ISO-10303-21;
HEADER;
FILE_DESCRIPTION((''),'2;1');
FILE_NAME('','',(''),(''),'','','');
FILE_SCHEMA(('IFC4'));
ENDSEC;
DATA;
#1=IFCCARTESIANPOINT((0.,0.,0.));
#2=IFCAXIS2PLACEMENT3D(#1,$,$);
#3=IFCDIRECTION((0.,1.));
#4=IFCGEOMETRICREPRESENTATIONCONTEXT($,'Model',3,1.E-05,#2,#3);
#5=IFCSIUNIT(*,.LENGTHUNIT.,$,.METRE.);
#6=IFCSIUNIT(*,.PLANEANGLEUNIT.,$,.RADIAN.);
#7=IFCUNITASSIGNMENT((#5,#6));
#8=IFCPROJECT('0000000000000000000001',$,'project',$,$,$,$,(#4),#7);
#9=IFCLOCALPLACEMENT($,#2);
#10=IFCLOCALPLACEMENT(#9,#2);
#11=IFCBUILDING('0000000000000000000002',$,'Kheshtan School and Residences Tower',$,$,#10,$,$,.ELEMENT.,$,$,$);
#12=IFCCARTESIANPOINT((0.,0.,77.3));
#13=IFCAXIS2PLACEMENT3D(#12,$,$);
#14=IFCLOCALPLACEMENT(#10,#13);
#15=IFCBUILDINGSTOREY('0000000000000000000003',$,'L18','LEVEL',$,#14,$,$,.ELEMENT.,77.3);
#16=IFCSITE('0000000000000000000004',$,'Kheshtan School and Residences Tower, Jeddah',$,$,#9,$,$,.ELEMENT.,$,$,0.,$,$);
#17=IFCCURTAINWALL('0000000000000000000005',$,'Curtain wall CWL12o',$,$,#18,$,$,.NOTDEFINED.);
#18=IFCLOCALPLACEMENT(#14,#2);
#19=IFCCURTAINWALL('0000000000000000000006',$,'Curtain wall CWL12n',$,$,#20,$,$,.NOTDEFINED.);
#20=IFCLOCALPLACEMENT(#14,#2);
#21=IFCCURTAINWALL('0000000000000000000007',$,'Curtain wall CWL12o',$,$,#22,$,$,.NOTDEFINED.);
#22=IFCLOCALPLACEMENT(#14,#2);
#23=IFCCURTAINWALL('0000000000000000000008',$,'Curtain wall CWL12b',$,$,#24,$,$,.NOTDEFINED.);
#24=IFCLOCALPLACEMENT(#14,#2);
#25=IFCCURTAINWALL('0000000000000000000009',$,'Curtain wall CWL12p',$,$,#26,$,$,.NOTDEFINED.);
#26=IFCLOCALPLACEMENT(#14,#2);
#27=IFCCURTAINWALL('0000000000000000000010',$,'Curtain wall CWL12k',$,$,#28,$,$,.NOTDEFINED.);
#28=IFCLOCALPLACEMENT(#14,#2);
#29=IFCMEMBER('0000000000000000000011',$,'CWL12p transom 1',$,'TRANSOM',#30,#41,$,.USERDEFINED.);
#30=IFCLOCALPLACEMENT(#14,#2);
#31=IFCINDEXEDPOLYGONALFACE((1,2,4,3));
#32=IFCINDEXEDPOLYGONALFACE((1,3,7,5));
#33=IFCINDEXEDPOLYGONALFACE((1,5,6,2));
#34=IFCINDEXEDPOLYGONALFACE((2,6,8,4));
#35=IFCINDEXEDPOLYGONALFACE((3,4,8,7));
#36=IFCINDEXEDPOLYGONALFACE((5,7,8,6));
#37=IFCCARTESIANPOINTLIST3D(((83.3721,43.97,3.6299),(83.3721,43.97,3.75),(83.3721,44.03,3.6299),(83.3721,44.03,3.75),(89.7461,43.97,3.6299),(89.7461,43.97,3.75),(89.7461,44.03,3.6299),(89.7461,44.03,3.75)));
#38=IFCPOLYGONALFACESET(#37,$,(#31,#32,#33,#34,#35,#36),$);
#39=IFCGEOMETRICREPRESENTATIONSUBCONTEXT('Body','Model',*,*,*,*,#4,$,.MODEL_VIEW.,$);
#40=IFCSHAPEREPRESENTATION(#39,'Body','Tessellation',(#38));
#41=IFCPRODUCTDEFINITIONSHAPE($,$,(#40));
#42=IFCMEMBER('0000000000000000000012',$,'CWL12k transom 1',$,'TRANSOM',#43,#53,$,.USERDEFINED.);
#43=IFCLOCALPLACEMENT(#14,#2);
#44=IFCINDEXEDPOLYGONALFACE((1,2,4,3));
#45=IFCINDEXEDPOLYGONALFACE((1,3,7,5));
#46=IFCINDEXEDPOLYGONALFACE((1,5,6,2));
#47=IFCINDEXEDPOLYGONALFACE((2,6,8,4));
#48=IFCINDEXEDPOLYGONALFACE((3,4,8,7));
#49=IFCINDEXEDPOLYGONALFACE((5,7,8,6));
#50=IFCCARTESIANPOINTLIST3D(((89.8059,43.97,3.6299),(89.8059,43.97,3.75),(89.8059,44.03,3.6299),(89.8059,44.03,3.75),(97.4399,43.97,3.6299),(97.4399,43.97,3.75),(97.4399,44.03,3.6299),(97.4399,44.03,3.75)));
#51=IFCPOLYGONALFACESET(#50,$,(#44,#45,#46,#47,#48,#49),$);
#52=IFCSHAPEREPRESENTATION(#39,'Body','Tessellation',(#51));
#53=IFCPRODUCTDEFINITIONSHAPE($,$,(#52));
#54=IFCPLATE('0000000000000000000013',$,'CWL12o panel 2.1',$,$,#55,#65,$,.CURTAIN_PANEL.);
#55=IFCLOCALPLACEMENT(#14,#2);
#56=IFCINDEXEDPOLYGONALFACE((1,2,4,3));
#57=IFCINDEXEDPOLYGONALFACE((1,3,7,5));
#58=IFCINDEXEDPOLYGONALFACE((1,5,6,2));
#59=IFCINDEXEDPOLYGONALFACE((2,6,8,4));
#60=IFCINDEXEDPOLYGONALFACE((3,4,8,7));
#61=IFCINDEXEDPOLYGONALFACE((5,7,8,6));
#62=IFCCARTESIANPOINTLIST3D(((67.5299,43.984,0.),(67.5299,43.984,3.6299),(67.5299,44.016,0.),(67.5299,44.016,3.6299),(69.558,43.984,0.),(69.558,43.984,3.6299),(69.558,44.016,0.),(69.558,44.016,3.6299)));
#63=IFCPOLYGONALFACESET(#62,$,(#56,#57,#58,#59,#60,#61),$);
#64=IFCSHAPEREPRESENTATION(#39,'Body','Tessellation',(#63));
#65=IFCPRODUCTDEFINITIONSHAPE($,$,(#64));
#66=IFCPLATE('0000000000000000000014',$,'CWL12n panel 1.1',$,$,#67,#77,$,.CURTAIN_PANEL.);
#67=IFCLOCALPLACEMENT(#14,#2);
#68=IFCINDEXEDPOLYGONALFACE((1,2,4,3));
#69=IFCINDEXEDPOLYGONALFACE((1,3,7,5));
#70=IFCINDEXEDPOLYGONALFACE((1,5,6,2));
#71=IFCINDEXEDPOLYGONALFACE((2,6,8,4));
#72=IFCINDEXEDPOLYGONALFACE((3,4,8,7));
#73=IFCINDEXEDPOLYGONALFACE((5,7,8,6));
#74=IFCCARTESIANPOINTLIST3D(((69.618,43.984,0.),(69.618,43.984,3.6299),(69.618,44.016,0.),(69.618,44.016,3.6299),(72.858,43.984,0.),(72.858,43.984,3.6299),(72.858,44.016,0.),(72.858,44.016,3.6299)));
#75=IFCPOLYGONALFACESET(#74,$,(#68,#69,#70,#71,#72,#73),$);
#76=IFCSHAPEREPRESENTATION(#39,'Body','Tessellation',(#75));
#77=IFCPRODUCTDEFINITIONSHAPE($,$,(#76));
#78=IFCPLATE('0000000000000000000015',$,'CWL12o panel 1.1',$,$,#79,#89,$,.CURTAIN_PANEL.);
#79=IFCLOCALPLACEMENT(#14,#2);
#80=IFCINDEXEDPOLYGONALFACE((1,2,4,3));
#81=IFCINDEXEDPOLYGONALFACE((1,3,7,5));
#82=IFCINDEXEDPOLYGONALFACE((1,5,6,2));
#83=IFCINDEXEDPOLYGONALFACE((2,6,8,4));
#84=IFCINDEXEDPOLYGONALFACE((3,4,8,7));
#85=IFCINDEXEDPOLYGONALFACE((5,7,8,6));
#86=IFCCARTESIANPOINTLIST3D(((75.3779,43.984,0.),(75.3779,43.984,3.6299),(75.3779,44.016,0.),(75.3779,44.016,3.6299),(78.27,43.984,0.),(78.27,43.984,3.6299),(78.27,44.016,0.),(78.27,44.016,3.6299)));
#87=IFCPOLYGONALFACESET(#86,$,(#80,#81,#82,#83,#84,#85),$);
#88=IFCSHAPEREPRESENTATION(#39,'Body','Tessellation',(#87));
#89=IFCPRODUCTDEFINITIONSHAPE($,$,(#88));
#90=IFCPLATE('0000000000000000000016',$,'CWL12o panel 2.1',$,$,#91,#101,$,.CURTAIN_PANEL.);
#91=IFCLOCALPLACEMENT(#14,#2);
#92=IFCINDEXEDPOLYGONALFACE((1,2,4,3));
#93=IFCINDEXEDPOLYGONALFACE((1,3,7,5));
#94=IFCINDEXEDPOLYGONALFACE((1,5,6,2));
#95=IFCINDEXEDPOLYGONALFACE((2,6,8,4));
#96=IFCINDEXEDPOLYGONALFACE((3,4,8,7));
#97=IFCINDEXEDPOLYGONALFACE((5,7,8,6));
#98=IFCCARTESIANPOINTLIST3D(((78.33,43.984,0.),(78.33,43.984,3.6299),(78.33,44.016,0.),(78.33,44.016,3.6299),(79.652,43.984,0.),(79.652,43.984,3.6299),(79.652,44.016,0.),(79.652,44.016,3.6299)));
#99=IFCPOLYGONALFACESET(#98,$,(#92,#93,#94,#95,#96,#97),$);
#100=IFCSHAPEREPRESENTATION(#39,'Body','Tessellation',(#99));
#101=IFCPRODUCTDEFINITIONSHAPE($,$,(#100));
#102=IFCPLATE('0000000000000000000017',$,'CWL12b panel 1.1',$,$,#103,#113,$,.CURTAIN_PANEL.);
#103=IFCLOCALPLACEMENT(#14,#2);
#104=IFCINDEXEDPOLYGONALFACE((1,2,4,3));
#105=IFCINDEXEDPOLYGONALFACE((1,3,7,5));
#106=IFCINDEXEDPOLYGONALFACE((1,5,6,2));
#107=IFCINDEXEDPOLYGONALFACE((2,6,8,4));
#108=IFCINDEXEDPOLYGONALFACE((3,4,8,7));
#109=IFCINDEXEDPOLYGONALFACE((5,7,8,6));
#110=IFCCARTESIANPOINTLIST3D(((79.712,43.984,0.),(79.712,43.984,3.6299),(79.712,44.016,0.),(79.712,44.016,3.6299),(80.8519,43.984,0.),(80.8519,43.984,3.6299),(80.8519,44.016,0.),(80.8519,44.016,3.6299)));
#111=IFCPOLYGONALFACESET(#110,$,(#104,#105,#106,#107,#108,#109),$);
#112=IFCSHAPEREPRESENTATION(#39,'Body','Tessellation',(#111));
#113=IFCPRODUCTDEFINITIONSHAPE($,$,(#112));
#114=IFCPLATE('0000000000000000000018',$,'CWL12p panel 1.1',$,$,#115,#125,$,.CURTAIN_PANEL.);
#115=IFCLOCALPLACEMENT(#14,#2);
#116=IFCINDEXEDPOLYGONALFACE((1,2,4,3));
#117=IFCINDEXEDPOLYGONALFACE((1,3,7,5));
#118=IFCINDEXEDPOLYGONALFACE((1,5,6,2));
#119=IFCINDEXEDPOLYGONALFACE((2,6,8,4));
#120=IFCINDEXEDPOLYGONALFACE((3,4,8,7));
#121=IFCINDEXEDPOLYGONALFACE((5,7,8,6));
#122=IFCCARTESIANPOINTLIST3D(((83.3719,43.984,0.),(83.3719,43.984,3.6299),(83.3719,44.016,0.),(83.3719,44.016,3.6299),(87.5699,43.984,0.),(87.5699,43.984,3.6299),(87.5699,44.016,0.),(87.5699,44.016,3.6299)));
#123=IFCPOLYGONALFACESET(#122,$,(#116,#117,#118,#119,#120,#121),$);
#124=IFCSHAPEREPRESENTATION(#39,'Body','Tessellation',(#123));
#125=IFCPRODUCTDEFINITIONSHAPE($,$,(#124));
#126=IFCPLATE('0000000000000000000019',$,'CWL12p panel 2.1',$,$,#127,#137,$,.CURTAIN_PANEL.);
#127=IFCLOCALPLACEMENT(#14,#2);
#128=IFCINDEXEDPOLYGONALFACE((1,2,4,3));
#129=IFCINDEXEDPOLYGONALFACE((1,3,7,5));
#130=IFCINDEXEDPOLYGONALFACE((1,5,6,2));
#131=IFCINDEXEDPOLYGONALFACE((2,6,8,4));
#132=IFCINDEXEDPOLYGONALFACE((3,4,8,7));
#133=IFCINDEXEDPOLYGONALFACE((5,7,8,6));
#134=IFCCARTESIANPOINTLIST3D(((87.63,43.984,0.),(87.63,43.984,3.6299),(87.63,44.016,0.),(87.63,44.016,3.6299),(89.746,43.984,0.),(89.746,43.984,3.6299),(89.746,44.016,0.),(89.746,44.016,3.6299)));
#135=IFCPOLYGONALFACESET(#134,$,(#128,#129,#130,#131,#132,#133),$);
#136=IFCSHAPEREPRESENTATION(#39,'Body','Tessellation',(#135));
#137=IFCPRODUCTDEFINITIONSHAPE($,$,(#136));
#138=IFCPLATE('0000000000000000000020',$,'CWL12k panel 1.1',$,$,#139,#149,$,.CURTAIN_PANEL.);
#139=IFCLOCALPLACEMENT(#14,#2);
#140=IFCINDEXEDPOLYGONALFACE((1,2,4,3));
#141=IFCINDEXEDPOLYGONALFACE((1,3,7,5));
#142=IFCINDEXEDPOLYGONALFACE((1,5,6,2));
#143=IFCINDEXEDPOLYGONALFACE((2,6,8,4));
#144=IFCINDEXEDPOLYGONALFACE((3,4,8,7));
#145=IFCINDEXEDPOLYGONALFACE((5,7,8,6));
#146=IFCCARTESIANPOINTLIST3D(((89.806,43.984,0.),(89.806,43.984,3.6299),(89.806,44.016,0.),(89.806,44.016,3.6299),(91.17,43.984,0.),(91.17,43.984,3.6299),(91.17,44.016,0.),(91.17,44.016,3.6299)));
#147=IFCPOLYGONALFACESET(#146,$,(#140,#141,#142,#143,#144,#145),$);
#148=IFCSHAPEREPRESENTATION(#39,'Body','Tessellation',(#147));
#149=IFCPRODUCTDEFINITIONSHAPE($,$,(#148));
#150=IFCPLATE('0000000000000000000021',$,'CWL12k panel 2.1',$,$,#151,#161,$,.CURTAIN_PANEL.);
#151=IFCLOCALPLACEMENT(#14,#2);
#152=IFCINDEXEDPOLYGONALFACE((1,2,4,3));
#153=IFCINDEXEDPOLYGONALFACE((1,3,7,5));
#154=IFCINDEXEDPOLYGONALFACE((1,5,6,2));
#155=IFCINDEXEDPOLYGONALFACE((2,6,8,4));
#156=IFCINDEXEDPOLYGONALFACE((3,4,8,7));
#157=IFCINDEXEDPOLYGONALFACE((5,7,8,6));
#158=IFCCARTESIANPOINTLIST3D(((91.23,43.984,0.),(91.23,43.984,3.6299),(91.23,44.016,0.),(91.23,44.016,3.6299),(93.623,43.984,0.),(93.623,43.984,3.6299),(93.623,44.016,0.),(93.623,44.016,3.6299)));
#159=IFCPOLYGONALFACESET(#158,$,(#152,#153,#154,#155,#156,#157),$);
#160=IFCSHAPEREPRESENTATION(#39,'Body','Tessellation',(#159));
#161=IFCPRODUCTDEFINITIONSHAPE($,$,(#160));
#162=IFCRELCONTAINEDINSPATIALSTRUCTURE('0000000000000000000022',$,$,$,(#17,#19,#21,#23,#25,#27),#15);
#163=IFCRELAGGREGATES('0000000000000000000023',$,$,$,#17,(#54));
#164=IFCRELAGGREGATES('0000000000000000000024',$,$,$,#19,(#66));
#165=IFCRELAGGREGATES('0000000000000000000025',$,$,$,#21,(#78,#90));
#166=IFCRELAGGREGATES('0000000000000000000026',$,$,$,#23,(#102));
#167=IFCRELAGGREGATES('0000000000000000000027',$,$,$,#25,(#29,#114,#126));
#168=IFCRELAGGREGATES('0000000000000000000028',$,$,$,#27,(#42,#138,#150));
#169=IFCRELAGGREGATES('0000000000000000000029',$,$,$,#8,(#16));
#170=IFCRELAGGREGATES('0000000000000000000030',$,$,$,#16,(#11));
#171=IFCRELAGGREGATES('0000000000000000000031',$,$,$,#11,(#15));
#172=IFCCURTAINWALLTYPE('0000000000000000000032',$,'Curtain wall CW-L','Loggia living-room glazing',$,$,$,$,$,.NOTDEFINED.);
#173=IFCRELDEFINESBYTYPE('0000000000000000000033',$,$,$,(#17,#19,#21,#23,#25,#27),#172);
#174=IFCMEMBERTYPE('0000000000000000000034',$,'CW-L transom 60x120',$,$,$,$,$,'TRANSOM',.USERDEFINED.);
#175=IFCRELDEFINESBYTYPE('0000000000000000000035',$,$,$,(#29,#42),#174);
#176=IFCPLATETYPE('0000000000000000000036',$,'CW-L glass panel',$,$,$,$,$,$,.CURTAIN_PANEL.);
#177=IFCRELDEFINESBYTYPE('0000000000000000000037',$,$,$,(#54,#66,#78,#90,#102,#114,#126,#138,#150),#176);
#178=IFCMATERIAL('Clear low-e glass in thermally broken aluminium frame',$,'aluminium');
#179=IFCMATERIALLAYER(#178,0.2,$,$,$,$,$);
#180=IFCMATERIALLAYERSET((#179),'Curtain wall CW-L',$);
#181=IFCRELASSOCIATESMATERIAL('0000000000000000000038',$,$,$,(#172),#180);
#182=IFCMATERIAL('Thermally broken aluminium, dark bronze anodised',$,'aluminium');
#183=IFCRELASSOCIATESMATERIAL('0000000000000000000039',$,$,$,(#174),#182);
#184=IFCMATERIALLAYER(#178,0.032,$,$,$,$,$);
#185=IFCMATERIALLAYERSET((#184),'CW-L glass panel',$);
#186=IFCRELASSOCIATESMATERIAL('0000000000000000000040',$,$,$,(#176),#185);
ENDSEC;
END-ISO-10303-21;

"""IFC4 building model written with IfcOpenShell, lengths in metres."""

from ifc_helpers import new_model, si_unit, direction, frame, origin, origin_2d, place, context, subcontext, project, spatial, rectangle, extrude, material, layer, layer_set, material_profile, profile_set, type_object, element, aggregate, save


model = new_model("IFC4")

# Units and contexts
model_context = context("Model", 3, precision=1e-05, world=origin(), true_north=direction((0.0, 1.0)))
body_context = subcontext(model_context, "Body", "Model", "MODEL_VIEW")
ifc_project = project(units=[si_unit("LENGTHUNIT", "METRE"), si_unit("PLANEANGLEUNIT", "RADIAN")], contexts=[model_context])

# Site, building, storey
site_placement = place(None, origin())
site = spatial("IfcSite", under=ifc_project, at=site_placement, Name="Kheshtan School and Residences Tower, Jeddah", CompositionType="ELEMENT", RefElevation=0.0)
building_placement = place(site_placement, origin())
building = spatial("IfcBuilding", under=site, at=building_placement, Name="Kheshtan School and Residences Tower", CompositionType="ELEMENT")
storey_placement = place(building_placement, frame((0.0, 0.0, 77.3)))
storey = spatial("IfcBuildingStorey", under=building, at=storey_placement, Name="L18", Description="LEVEL", CompositionType="ELEMENT", Elevation=77.3)

# Curtain wall
ifc_material_1 = material(Name="Clear low-e glass in thermally broken aluminium frame", Category="aluminium")
ifc_layer_1 = layer(ifc_material_1, 0.2)
ifc_layer_set_1 = layer_set([ifc_layer_1], Name="Curtain wall CW-L")
curtain_wall_type = type_object("IfcCurtainWallType", Name="Curtain wall CW-L", Description="Loggia living-room glazing", PredefinedType="NOTDEFINED", material=ifc_layer_set_1)
curtain_wall_1_placement = place(storey_placement, origin())
curtain_wall_1 = element("IfcCurtainWall", 1, at=curtain_wall_1_placement, inside=storey, type_object=curtain_wall_type, Name="Curtain wall CWL12o", PredefinedType="NOTDEFINED")
ifc_material_2 = material(Name="Thermally broken aluminium, dark bronze anodised", Category="aluminium")

# Curtain wall
curtain_wall_2_placement = place(storey_placement, origin())
curtain_wall_2 = element("IfcCurtainWall", 2, at=curtain_wall_2_placement, inside=storey, type_object=curtain_wall_type, Name="Curtain wall CWL12n", PredefinedType="NOTDEFINED")

# Curtain wall
curtain_wall_3_placement = place(storey_placement, origin())
curtain_wall_3 = element("IfcCurtainWall", 3, at=curtain_wall_3_placement, inside=storey, type_object=curtain_wall_type, Name="Curtain wall CWL12o", PredefinedType="NOTDEFINED")

# Curtain wall
curtain_wall_4_placement = place(storey_placement, origin())
curtain_wall_4 = element("IfcCurtainWall", 4, at=curtain_wall_4_placement, inside=storey, type_object=curtain_wall_type, Name="Curtain wall CWL12b", PredefinedType="NOTDEFINED")

# Curtain walls
curtain_wall_5_placement = place(storey_placement, origin())
curtain_wall_5 = element("IfcCurtainWall", 5, at=curtain_wall_5_placement, inside=storey, type_object=curtain_wall_type, Name="Curtain wall CWL12p", PredefinedType="NOTDEFINED")
curtain_wall_6_placement = place(storey_placement, origin())
curtain_wall_6 = element("IfcCurtainWall", 6, at=curtain_wall_6_placement, inside=storey, type_object=curtain_wall_type, Name="Curtain wall CWL12k", PredefinedType="NOTDEFINED")

# Members
ifc_material_profile_1 = material_profile(ifc_material_2, rectangle(XDim=0.0601, YDim=0.1201, at=origin_2d()), Name="CW-L transom 60x120")
ifc_profile_set_1 = profile_set([ifc_material_profile_1], Name="Thermally broken aluminium, dark bronze anodised")
member_type_1 = type_object("IfcMemberType", Name="CW-L transom 60x120", ElementType="TRANSOM", PredefinedType="USERDEFINED", material=ifc_profile_set_1)
member_1_placement = place(storey_placement, frame((83.3721, 44.0, 3.6899), z_axis=(1.0, 0.0, 0.0), x_axis=(0.0, 1.0, 0.0)))
member_1 = element("IfcMember", 7, at=member_1_placement, type_object=member_type_1, Name="CWL12p transom 1", ObjectType="TRANSOM", PredefinedType="USERDEFINED", context=body_context, shape_type="SweptSolid", body=[
    extrude(rectangle(XDim=0.0601, YDim=0.1201, at=origin_2d()), origin(), (0.0, 0.0, 1.0), 6.374),
])
member_2_placement = place(storey_placement, frame((89.8059, 44.0, 3.6899), z_axis=(1.0, 0.0, 0.0), x_axis=(0.0, 1.0, 0.0)))
member_2 = element("IfcMember", 8, at=member_2_placement, type_object=member_type_1, Name="CWL12k transom 1", ObjectType="TRANSOM", PredefinedType="USERDEFINED", context=body_context, shape_type="SweptSolid", body=[
    extrude(rectangle(XDim=0.0601, YDim=0.1201, at=origin_2d()), origin(), (0.0, 0.0, 1.0), 7.634),
])

# Plates
ifc_layer_2 = layer(ifc_material_1, 0.032)
ifc_layer_set_2 = layer_set([ifc_layer_2], Name="CW-L glass panel")
plate_type = type_object("IfcPlateType", Name="CW-L glass panel", PredefinedType="CURTAIN_PANEL", material=ifc_layer_set_2)
plate_1_placement = place(storey_placement, frame((68.5439, 44.0, 0.0), z_axis=(0.0, 0.0, 1.0), x_axis=(1.0, 0.0, 0.0)))
plate_1 = element("IfcPlate", 9, at=plate_1_placement, type_object=plate_type, Name="CWL12o panel 2.1", PredefinedType="CURTAIN_PANEL", context=body_context, shape_type="SweptSolid", body=[
    extrude(rectangle(XDim=2.0281, YDim=0.032, at=origin_2d()), origin(), (0.0, 0.0, 1.0), 3.6299),
])
aggregate(curtain_wall_1, [plate_1])
plate_2_placement = place(storey_placement, frame((71.238, 44.0, 0.0), z_axis=(0.0, 0.0, 1.0), x_axis=(1.0, 0.0, 0.0)))
plate_2 = element("IfcPlate", 10, at=plate_2_placement, type_object=plate_type, Name="CWL12n panel 1.1", PredefinedType="CURTAIN_PANEL", context=body_context, shape_type="SweptSolid", body=[
    extrude(rectangle(XDim=3.24, YDim=0.032, at=origin_2d()), origin(), (0.0, 0.0, 1.0), 3.6299),
])
aggregate(curtain_wall_2, [plate_2])
plate_3_placement = place(storey_placement, frame((76.824, 44.0, 0.0), z_axis=(0.0, 0.0, 1.0), x_axis=(1.0, 0.0, 0.0)))
plate_3 = element("IfcPlate", 11, at=plate_3_placement, type_object=plate_type, Name="CWL12o panel 1.1", PredefinedType="CURTAIN_PANEL", context=body_context, shape_type="SweptSolid", body=[
    extrude(rectangle(XDim=2.8921, YDim=0.032, at=origin_2d()), origin(), (0.0, 0.0, 1.0), 3.6299),
])
plate_4_placement = place(storey_placement, frame((78.991, 44.0, 0.0), z_axis=(0.0, 0.0, 1.0), x_axis=(1.0, 0.0, 0.0)))
plate_4 = element("IfcPlate", 12, at=plate_4_placement, type_object=plate_type, Name="CWL12o panel 2.1", PredefinedType="CURTAIN_PANEL", context=body_context, shape_type="SweptSolid", body=[
    extrude(rectangle(XDim=1.322, YDim=0.032, at=origin_2d()), origin(), (0.0, 0.0, 1.0), 3.6299),
])
aggregate(curtain_wall_3, [plate_3, plate_4])
plate_5_placement = place(storey_placement, frame((80.282, 44.0, 0.0), z_axis=(0.0, 0.0, 1.0), x_axis=(1.0, 0.0, 0.0)))
plate_5 = element("IfcPlate", 13, at=plate_5_placement, type_object=plate_type, Name="CWL12b panel 1.1", PredefinedType="CURTAIN_PANEL", context=body_context, shape_type="SweptSolid", body=[
    extrude(rectangle(XDim=1.1399, YDim=0.032, at=origin_2d()), origin(), (0.0, 0.0, 1.0), 3.6299),
])
aggregate(curtain_wall_4, [plate_5])
plate_6_placement = place(storey_placement, frame((85.4709, 44.0, 0.0), z_axis=(0.0, 0.0, 1.0), x_axis=(1.0, 0.0, 0.0)))
plate_6 = element("IfcPlate", 14, at=plate_6_placement, type_object=plate_type, Name="CWL12p panel 1.1", PredefinedType="CURTAIN_PANEL", context=body_context, shape_type="SweptSolid", body=[
    extrude(rectangle(XDim=4.198, YDim=0.032, at=origin_2d()), origin(), (0.0, 0.0, 1.0), 3.6299),
])
plate_7_placement = place(storey_placement, frame((88.688, 44.0, 0.0), z_axis=(0.0, 0.0, 1.0), x_axis=(1.0, 0.0, 0.0)))
plate_7 = element("IfcPlate", 15, at=plate_7_placement, type_object=plate_type, Name="CWL12p panel 2.1", PredefinedType="CURTAIN_PANEL", context=body_context, shape_type="SweptSolid", body=[
    extrude(rectangle(XDim=2.116, YDim=0.032, at=origin_2d()), origin(), (0.0, 0.0, 1.0), 3.6299),
])
aggregate(curtain_wall_5, [member_1, plate_6, plate_7])
plate_8_placement = place(storey_placement, frame((90.488, 44.0, 0.0), z_axis=(0.0, 0.0, 1.0), x_axis=(1.0, 0.0, 0.0)))
plate_8 = element("IfcPlate", 16, at=plate_8_placement, type_object=plate_type, Name="CWL12k panel 1.1", PredefinedType="CURTAIN_PANEL", context=body_context, shape_type="SweptSolid", body=[
    extrude(rectangle(XDim=1.364, YDim=0.032, at=origin_2d()), origin(), (0.0, 0.0, 1.0), 3.6299),
])
plate_9_placement = place(storey_placement, frame((92.4265, 44.0, 0.0), z_axis=(0.0, 0.0, 1.0), x_axis=(1.0, 0.0, 0.0)))
plate_9 = element("IfcPlate", 17, at=plate_9_placement, type_object=plate_type, Name="CWL12k panel 2.1", PredefinedType="CURTAIN_PANEL", context=body_context, shape_type="SweptSolid", body=[
    extrude(rectangle(XDim=2.3931, YDim=0.032, at=origin_2d()), origin(), (0.0, 0.0, 1.0), 3.6299),
])
aggregate(curtain_wall_6, [member_2, plate_8, plate_9])

save(model, "model.ifc")
